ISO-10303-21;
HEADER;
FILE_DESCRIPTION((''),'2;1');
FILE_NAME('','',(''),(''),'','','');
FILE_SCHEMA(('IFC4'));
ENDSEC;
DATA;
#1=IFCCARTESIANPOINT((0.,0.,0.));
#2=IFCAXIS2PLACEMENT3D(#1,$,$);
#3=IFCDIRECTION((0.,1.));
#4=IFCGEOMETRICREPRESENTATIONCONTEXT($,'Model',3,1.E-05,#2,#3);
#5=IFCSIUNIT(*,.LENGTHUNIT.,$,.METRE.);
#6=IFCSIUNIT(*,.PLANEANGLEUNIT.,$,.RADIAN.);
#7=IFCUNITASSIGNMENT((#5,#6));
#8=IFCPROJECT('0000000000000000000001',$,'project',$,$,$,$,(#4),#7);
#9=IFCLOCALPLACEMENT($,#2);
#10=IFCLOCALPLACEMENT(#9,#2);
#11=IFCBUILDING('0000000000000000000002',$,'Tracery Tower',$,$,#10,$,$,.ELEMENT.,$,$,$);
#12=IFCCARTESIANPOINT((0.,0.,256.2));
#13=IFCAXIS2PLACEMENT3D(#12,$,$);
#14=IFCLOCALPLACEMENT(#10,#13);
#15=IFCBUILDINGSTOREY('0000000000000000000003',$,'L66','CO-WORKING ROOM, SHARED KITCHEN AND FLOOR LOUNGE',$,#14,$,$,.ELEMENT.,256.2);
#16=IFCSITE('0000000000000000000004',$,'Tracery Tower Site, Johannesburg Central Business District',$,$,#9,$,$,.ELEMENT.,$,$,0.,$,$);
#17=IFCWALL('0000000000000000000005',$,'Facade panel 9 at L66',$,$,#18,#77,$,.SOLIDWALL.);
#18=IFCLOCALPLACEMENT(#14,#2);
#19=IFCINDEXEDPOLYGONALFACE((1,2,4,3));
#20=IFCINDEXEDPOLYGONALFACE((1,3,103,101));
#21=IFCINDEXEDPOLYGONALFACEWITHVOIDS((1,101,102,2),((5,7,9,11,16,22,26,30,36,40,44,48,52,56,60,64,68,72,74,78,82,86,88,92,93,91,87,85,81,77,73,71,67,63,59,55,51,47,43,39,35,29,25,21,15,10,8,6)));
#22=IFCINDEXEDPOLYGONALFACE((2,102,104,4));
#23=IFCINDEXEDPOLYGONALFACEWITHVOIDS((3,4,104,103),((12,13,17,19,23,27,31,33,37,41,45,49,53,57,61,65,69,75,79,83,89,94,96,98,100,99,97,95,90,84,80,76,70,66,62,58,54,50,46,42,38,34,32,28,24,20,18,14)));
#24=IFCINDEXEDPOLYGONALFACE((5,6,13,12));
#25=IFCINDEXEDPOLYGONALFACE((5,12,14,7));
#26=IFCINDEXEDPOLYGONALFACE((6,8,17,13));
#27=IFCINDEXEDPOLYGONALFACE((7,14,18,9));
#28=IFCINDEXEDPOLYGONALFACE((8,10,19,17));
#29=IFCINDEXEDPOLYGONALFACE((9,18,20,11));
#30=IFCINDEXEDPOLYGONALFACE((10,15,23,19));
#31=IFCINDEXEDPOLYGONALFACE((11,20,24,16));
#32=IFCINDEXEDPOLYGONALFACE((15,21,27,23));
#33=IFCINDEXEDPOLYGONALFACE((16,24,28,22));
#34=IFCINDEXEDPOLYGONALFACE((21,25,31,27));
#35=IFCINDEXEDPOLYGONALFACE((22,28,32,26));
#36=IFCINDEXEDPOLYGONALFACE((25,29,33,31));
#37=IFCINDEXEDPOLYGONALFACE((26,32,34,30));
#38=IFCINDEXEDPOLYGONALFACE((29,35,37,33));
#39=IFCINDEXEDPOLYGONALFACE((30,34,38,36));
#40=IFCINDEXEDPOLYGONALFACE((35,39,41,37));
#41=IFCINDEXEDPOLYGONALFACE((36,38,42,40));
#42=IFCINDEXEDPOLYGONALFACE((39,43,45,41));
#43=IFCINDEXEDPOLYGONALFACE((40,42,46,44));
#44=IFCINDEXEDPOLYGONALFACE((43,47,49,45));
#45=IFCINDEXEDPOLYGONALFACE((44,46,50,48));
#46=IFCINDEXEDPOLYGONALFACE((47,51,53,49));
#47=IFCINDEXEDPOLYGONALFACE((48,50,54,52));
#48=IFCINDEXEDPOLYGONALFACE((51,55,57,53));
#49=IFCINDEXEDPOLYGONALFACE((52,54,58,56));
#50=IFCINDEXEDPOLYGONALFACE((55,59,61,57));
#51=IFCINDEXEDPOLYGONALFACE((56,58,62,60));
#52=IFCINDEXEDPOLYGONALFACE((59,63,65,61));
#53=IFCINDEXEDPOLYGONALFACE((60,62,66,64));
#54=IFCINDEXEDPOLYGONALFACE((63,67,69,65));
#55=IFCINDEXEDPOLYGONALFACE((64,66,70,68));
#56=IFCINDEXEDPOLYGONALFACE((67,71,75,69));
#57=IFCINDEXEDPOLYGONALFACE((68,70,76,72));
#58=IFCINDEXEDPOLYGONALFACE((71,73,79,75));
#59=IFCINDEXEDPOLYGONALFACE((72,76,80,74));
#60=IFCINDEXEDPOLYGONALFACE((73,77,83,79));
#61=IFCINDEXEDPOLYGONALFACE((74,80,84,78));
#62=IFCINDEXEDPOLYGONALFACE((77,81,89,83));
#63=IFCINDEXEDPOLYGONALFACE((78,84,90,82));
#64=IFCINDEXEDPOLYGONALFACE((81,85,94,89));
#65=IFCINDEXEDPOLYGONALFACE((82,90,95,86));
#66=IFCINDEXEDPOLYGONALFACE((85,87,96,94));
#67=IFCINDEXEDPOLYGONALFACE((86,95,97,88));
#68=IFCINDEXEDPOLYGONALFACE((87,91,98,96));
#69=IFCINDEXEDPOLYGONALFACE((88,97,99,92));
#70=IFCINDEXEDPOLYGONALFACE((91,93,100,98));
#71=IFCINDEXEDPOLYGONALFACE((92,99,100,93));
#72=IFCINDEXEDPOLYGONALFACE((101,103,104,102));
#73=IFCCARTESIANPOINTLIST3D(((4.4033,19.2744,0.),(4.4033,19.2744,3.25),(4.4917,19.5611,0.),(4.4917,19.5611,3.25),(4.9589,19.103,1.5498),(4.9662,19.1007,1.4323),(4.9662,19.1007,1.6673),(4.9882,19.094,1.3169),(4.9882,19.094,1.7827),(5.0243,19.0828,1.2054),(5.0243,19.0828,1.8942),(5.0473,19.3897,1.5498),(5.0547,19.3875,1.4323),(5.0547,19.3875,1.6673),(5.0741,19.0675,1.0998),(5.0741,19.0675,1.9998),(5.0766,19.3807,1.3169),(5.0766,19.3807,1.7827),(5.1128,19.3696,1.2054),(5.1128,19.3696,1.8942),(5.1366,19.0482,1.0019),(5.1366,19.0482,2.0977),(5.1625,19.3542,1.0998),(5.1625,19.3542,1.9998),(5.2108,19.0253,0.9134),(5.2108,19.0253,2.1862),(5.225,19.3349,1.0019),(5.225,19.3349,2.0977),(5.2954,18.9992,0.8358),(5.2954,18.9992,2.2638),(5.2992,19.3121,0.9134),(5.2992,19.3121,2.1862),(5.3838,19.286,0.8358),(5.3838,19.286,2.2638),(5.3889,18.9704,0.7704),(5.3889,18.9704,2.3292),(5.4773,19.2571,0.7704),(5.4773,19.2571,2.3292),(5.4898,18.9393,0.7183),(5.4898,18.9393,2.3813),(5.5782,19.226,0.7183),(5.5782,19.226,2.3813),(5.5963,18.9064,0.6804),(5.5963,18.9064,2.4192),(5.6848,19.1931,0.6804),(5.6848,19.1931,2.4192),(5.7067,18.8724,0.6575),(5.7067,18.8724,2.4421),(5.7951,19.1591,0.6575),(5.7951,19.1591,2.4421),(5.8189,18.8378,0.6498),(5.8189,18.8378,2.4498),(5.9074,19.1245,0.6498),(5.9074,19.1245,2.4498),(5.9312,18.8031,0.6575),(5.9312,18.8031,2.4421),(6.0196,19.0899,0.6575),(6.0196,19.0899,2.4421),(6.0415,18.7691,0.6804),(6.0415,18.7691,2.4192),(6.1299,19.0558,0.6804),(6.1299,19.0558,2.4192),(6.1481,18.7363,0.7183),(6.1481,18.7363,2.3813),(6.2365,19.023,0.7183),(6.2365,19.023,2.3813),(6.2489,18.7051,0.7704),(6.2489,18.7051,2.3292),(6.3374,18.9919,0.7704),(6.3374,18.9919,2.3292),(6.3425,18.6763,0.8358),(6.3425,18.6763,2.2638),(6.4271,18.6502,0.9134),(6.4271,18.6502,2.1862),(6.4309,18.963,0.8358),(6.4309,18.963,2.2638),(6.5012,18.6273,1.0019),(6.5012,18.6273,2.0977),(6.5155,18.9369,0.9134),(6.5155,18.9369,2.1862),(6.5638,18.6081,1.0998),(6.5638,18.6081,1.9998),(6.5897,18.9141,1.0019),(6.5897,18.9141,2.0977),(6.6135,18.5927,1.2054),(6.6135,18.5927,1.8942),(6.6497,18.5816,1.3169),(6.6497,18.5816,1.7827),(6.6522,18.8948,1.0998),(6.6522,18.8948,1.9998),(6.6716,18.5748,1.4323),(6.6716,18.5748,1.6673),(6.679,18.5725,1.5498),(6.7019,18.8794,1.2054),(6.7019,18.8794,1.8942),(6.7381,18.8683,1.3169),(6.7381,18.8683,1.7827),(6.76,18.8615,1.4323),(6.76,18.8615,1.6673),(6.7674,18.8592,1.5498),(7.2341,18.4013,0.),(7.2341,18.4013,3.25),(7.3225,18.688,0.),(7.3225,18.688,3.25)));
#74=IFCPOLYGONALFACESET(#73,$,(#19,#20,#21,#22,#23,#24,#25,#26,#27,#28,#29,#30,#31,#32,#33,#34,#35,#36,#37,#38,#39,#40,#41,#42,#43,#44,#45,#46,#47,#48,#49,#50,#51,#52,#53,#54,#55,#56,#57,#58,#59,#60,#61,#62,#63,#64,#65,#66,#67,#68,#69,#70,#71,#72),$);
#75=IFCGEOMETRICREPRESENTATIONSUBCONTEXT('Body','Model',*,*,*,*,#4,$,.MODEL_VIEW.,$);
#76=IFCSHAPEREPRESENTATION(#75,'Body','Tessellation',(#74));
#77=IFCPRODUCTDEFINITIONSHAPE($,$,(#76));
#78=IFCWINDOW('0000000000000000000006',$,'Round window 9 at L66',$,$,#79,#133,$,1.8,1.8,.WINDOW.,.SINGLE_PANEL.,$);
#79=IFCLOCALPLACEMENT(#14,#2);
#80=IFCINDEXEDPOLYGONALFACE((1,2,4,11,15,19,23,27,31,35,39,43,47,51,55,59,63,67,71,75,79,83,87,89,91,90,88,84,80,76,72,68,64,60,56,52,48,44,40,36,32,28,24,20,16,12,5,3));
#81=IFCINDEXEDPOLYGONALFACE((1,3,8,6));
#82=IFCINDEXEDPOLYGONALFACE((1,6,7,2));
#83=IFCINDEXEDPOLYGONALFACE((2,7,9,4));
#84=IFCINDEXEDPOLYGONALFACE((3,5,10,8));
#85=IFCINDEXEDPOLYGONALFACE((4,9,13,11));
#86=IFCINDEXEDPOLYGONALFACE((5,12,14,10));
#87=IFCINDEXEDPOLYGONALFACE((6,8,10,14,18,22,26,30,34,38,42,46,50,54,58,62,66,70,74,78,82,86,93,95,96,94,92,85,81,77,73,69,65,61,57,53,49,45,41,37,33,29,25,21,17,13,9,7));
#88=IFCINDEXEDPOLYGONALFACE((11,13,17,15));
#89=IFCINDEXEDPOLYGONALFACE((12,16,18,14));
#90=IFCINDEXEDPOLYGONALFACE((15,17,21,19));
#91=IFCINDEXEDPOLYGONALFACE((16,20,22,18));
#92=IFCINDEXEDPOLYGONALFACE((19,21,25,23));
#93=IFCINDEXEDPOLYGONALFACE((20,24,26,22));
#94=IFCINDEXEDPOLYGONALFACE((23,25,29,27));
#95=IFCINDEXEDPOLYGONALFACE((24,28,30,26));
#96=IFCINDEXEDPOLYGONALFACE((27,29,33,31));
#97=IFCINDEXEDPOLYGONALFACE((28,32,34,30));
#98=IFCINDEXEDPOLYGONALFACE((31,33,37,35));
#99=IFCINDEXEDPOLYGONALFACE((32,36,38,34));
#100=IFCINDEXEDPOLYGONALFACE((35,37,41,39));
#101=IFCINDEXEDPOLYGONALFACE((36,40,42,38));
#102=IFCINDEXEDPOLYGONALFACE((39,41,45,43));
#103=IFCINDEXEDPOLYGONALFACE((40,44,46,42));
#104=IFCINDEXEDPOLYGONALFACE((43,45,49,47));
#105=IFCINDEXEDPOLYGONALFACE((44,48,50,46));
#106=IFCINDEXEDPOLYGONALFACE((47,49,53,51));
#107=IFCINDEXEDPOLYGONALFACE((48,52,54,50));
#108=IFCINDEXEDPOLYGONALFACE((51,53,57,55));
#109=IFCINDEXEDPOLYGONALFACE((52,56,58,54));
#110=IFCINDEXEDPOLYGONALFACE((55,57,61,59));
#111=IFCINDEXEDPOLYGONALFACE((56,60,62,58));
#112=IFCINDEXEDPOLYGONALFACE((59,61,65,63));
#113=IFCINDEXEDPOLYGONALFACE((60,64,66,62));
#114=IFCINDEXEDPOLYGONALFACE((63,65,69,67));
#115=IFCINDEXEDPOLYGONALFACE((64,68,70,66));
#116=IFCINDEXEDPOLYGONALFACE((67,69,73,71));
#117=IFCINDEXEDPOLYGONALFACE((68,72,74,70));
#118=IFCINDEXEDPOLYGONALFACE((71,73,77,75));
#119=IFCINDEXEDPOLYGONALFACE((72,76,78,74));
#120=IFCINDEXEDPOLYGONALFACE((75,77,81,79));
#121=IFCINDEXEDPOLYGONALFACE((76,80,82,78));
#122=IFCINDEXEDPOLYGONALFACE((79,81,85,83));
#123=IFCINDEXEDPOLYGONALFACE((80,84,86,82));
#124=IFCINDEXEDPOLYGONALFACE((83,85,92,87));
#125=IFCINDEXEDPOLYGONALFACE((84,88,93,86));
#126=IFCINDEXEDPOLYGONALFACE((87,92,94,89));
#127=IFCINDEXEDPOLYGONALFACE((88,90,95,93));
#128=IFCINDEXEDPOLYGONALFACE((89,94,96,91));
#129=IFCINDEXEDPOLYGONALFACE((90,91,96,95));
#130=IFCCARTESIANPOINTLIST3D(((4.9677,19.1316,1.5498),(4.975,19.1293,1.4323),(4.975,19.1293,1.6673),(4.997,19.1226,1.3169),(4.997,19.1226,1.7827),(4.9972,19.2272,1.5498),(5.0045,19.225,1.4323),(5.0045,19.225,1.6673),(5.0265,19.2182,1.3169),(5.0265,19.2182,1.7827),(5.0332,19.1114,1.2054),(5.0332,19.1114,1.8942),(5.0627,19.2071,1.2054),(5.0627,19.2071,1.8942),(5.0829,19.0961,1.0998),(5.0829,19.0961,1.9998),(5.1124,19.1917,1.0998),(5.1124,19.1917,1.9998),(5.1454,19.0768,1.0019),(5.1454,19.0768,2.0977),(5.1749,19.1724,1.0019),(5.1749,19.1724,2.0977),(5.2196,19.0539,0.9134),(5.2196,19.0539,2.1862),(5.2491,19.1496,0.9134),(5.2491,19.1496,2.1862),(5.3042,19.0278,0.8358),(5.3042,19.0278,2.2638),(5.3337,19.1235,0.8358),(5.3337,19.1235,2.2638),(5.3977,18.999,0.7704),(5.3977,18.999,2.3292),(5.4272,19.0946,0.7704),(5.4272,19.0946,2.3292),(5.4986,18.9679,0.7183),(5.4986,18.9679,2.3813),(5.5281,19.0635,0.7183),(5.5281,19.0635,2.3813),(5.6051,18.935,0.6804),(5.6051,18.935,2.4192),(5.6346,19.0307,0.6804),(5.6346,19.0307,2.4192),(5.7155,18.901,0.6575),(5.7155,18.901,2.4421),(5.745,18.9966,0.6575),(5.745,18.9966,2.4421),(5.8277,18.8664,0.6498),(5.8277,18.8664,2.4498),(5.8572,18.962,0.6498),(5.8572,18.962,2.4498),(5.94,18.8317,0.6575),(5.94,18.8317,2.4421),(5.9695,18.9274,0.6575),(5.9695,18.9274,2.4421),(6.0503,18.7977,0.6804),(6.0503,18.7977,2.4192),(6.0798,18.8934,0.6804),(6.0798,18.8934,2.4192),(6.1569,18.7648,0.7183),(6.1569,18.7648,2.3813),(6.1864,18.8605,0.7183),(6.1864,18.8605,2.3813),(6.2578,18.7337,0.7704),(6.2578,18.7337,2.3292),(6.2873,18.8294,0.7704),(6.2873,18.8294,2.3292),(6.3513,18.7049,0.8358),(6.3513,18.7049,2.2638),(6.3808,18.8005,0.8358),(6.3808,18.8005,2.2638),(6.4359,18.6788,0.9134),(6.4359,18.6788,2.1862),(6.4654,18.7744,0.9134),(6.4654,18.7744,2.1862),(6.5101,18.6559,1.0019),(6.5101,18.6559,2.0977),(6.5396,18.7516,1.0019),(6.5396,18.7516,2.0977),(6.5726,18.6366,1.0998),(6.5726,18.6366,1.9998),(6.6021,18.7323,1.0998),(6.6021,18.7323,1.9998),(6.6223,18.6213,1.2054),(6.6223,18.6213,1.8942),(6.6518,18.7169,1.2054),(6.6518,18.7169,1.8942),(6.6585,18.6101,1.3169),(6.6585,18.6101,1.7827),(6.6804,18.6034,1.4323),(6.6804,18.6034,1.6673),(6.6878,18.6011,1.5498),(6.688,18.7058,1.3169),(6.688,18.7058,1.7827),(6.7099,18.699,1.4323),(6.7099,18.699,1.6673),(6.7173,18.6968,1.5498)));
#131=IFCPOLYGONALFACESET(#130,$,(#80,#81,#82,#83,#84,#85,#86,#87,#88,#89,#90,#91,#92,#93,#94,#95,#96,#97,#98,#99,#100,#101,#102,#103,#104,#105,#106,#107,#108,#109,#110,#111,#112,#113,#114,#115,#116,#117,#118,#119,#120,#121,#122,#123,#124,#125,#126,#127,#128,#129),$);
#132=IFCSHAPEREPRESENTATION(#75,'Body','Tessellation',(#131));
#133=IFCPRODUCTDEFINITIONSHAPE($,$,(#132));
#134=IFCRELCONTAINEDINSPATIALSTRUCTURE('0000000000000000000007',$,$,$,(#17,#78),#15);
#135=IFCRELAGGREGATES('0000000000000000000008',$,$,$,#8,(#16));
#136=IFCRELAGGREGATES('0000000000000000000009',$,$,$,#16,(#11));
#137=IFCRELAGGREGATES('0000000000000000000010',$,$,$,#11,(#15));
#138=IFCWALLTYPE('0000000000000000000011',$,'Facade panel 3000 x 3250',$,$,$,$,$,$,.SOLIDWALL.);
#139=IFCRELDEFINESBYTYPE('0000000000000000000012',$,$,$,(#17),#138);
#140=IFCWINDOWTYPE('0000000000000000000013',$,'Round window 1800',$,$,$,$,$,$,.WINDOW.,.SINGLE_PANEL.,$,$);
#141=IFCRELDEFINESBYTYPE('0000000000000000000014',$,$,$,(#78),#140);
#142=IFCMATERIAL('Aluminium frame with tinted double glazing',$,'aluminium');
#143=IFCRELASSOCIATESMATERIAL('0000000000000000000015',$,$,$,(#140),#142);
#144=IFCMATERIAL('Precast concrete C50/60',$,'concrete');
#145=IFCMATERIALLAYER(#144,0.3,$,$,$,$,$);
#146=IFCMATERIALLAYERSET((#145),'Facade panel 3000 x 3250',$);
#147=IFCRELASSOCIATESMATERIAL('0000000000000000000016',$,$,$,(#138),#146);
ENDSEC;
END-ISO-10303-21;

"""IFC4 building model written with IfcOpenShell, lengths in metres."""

from ifc_helpers import new_model, si_unit, direction, frame, frame_2d, origin, origin_2d, place, context, subcontext, project, spatial, rectangle, circle, extrude, material, layer, layer_set, type_object, element, fill, save


model = new_model("IFC4")

# Units and contexts
model_context = context("Model", 3, precision=1e-05, world=origin(), true_north=direction((0.0, 1.0)))
body_context = subcontext(model_context, "Body", "Model", "MODEL_VIEW")
ifc_project = project(units=[si_unit("LENGTHUNIT", "METRE"), si_unit("PLANEANGLEUNIT", "RADIAN")], contexts=[model_context])

# Site, building, storey
site_placement = place(None, origin())
site = spatial("IfcSite", under=ifc_project, at=site_placement, Name="Tracery Tower Site, Johannesburg Central Business District", CompositionType="ELEMENT", RefElevation=0.0)
building_placement = place(site_placement, origin())
building = spatial("IfcBuilding", under=site, at=building_placement, Name="Tracery Tower", CompositionType="ELEMENT")
storey_placement = place(building_placement, frame((0.0, 0.0, 256.2)))
storey = spatial("IfcBuildingStorey", under=building, at=storey_placement, Name="L66", Description="CO-WORKING ROOM, SHARED KITCHEN AND FLOOR LOUNGE", CompositionType="ELEMENT", Elevation=256.2)

# Wall, opening, window
ifc_material_1 = material(Name="Aluminium frame with tinted double glazing", Category="aluminium")
window_type = type_object("IfcWindowType", Name="Round window 1800", PartitioningType="SINGLE_PANEL", PredefinedType="WINDOW", material=ifc_material_1)
ifc_material_2 = material(Name="Precast concrete C50/60", Category="concrete")
ifc_layer_1 = layer(ifc_material_2, 0.3)
ifc_layer_set_1 = layer_set([ifc_layer_1], Name="Facade panel 3000 x 3250")
wall_type_1 = type_object("IfcWallType", Name="Facade panel 3000 x 3250", PredefinedType="SOLIDWALL", material=ifc_layer_set_1)
wall_1_placement = place(storey_placement, frame((7.2783, 18.5447, 0.0), z_axis=(0.0, 0.0, 1.0), x_axis=(-0.955586, 0.294711, 0.0)))
wall_1 = element("IfcWall", 1, at=wall_1_placement, inside=storey, type_object=wall_type_1, Name="Facade panel 9 at L66", PredefinedType="SOLIDWALL", context=body_context, shape_type="SweptSolid", body=[
    extrude(rectangle(XDim=2.9624, YDim=0.3, at=frame_2d((1.4812, 0.0))), origin(), (0.0, 0.0, 1.0), 3.25),
])
opening_1_placement = place(wall_1_placement, frame((1.481, 0.0, 1.5498)))
opening_1 = element("IfcOpeningElement", 2, at=opening_1_placement, cuts=wall_1, PredefinedType="OPENING", context=body_context, shape_type="SweptSolid", body=[
    extrude(circle(Radius=0.9, at=origin_2d()), frame((0.0, 0.1599, 0.0), z_axis=(0.0, -1.0, 0.0), x_axis=(1.0, 0.0, 0.0)), (0.0, 0.0, 1.0), 0.3201),
])
window_1_placement = place(opening_1_placement, origin())
window_1 = element("IfcWindow", 3, at=window_1_placement, inside=storey, type_object=window_type, Name="Round window 9 at L66", OverallHeight=1.8, OverallWidth=1.8, PartitioningType="SINGLE_PANEL", PredefinedType="WINDOW", context=body_context, shape_type="SweptSolid", body=[
    extrude(circle(Radius=0.9, at=origin_2d()), frame((0.0, 0.1201, 0.0), z_axis=(0.0, -1.0, 0.0), x_axis=(1.0, 0.0, 0.0)), (0.0, 0.0, 1.0), 0.1001),
])
fill(opening_1, window_1)

save(model, "model.ifc")
